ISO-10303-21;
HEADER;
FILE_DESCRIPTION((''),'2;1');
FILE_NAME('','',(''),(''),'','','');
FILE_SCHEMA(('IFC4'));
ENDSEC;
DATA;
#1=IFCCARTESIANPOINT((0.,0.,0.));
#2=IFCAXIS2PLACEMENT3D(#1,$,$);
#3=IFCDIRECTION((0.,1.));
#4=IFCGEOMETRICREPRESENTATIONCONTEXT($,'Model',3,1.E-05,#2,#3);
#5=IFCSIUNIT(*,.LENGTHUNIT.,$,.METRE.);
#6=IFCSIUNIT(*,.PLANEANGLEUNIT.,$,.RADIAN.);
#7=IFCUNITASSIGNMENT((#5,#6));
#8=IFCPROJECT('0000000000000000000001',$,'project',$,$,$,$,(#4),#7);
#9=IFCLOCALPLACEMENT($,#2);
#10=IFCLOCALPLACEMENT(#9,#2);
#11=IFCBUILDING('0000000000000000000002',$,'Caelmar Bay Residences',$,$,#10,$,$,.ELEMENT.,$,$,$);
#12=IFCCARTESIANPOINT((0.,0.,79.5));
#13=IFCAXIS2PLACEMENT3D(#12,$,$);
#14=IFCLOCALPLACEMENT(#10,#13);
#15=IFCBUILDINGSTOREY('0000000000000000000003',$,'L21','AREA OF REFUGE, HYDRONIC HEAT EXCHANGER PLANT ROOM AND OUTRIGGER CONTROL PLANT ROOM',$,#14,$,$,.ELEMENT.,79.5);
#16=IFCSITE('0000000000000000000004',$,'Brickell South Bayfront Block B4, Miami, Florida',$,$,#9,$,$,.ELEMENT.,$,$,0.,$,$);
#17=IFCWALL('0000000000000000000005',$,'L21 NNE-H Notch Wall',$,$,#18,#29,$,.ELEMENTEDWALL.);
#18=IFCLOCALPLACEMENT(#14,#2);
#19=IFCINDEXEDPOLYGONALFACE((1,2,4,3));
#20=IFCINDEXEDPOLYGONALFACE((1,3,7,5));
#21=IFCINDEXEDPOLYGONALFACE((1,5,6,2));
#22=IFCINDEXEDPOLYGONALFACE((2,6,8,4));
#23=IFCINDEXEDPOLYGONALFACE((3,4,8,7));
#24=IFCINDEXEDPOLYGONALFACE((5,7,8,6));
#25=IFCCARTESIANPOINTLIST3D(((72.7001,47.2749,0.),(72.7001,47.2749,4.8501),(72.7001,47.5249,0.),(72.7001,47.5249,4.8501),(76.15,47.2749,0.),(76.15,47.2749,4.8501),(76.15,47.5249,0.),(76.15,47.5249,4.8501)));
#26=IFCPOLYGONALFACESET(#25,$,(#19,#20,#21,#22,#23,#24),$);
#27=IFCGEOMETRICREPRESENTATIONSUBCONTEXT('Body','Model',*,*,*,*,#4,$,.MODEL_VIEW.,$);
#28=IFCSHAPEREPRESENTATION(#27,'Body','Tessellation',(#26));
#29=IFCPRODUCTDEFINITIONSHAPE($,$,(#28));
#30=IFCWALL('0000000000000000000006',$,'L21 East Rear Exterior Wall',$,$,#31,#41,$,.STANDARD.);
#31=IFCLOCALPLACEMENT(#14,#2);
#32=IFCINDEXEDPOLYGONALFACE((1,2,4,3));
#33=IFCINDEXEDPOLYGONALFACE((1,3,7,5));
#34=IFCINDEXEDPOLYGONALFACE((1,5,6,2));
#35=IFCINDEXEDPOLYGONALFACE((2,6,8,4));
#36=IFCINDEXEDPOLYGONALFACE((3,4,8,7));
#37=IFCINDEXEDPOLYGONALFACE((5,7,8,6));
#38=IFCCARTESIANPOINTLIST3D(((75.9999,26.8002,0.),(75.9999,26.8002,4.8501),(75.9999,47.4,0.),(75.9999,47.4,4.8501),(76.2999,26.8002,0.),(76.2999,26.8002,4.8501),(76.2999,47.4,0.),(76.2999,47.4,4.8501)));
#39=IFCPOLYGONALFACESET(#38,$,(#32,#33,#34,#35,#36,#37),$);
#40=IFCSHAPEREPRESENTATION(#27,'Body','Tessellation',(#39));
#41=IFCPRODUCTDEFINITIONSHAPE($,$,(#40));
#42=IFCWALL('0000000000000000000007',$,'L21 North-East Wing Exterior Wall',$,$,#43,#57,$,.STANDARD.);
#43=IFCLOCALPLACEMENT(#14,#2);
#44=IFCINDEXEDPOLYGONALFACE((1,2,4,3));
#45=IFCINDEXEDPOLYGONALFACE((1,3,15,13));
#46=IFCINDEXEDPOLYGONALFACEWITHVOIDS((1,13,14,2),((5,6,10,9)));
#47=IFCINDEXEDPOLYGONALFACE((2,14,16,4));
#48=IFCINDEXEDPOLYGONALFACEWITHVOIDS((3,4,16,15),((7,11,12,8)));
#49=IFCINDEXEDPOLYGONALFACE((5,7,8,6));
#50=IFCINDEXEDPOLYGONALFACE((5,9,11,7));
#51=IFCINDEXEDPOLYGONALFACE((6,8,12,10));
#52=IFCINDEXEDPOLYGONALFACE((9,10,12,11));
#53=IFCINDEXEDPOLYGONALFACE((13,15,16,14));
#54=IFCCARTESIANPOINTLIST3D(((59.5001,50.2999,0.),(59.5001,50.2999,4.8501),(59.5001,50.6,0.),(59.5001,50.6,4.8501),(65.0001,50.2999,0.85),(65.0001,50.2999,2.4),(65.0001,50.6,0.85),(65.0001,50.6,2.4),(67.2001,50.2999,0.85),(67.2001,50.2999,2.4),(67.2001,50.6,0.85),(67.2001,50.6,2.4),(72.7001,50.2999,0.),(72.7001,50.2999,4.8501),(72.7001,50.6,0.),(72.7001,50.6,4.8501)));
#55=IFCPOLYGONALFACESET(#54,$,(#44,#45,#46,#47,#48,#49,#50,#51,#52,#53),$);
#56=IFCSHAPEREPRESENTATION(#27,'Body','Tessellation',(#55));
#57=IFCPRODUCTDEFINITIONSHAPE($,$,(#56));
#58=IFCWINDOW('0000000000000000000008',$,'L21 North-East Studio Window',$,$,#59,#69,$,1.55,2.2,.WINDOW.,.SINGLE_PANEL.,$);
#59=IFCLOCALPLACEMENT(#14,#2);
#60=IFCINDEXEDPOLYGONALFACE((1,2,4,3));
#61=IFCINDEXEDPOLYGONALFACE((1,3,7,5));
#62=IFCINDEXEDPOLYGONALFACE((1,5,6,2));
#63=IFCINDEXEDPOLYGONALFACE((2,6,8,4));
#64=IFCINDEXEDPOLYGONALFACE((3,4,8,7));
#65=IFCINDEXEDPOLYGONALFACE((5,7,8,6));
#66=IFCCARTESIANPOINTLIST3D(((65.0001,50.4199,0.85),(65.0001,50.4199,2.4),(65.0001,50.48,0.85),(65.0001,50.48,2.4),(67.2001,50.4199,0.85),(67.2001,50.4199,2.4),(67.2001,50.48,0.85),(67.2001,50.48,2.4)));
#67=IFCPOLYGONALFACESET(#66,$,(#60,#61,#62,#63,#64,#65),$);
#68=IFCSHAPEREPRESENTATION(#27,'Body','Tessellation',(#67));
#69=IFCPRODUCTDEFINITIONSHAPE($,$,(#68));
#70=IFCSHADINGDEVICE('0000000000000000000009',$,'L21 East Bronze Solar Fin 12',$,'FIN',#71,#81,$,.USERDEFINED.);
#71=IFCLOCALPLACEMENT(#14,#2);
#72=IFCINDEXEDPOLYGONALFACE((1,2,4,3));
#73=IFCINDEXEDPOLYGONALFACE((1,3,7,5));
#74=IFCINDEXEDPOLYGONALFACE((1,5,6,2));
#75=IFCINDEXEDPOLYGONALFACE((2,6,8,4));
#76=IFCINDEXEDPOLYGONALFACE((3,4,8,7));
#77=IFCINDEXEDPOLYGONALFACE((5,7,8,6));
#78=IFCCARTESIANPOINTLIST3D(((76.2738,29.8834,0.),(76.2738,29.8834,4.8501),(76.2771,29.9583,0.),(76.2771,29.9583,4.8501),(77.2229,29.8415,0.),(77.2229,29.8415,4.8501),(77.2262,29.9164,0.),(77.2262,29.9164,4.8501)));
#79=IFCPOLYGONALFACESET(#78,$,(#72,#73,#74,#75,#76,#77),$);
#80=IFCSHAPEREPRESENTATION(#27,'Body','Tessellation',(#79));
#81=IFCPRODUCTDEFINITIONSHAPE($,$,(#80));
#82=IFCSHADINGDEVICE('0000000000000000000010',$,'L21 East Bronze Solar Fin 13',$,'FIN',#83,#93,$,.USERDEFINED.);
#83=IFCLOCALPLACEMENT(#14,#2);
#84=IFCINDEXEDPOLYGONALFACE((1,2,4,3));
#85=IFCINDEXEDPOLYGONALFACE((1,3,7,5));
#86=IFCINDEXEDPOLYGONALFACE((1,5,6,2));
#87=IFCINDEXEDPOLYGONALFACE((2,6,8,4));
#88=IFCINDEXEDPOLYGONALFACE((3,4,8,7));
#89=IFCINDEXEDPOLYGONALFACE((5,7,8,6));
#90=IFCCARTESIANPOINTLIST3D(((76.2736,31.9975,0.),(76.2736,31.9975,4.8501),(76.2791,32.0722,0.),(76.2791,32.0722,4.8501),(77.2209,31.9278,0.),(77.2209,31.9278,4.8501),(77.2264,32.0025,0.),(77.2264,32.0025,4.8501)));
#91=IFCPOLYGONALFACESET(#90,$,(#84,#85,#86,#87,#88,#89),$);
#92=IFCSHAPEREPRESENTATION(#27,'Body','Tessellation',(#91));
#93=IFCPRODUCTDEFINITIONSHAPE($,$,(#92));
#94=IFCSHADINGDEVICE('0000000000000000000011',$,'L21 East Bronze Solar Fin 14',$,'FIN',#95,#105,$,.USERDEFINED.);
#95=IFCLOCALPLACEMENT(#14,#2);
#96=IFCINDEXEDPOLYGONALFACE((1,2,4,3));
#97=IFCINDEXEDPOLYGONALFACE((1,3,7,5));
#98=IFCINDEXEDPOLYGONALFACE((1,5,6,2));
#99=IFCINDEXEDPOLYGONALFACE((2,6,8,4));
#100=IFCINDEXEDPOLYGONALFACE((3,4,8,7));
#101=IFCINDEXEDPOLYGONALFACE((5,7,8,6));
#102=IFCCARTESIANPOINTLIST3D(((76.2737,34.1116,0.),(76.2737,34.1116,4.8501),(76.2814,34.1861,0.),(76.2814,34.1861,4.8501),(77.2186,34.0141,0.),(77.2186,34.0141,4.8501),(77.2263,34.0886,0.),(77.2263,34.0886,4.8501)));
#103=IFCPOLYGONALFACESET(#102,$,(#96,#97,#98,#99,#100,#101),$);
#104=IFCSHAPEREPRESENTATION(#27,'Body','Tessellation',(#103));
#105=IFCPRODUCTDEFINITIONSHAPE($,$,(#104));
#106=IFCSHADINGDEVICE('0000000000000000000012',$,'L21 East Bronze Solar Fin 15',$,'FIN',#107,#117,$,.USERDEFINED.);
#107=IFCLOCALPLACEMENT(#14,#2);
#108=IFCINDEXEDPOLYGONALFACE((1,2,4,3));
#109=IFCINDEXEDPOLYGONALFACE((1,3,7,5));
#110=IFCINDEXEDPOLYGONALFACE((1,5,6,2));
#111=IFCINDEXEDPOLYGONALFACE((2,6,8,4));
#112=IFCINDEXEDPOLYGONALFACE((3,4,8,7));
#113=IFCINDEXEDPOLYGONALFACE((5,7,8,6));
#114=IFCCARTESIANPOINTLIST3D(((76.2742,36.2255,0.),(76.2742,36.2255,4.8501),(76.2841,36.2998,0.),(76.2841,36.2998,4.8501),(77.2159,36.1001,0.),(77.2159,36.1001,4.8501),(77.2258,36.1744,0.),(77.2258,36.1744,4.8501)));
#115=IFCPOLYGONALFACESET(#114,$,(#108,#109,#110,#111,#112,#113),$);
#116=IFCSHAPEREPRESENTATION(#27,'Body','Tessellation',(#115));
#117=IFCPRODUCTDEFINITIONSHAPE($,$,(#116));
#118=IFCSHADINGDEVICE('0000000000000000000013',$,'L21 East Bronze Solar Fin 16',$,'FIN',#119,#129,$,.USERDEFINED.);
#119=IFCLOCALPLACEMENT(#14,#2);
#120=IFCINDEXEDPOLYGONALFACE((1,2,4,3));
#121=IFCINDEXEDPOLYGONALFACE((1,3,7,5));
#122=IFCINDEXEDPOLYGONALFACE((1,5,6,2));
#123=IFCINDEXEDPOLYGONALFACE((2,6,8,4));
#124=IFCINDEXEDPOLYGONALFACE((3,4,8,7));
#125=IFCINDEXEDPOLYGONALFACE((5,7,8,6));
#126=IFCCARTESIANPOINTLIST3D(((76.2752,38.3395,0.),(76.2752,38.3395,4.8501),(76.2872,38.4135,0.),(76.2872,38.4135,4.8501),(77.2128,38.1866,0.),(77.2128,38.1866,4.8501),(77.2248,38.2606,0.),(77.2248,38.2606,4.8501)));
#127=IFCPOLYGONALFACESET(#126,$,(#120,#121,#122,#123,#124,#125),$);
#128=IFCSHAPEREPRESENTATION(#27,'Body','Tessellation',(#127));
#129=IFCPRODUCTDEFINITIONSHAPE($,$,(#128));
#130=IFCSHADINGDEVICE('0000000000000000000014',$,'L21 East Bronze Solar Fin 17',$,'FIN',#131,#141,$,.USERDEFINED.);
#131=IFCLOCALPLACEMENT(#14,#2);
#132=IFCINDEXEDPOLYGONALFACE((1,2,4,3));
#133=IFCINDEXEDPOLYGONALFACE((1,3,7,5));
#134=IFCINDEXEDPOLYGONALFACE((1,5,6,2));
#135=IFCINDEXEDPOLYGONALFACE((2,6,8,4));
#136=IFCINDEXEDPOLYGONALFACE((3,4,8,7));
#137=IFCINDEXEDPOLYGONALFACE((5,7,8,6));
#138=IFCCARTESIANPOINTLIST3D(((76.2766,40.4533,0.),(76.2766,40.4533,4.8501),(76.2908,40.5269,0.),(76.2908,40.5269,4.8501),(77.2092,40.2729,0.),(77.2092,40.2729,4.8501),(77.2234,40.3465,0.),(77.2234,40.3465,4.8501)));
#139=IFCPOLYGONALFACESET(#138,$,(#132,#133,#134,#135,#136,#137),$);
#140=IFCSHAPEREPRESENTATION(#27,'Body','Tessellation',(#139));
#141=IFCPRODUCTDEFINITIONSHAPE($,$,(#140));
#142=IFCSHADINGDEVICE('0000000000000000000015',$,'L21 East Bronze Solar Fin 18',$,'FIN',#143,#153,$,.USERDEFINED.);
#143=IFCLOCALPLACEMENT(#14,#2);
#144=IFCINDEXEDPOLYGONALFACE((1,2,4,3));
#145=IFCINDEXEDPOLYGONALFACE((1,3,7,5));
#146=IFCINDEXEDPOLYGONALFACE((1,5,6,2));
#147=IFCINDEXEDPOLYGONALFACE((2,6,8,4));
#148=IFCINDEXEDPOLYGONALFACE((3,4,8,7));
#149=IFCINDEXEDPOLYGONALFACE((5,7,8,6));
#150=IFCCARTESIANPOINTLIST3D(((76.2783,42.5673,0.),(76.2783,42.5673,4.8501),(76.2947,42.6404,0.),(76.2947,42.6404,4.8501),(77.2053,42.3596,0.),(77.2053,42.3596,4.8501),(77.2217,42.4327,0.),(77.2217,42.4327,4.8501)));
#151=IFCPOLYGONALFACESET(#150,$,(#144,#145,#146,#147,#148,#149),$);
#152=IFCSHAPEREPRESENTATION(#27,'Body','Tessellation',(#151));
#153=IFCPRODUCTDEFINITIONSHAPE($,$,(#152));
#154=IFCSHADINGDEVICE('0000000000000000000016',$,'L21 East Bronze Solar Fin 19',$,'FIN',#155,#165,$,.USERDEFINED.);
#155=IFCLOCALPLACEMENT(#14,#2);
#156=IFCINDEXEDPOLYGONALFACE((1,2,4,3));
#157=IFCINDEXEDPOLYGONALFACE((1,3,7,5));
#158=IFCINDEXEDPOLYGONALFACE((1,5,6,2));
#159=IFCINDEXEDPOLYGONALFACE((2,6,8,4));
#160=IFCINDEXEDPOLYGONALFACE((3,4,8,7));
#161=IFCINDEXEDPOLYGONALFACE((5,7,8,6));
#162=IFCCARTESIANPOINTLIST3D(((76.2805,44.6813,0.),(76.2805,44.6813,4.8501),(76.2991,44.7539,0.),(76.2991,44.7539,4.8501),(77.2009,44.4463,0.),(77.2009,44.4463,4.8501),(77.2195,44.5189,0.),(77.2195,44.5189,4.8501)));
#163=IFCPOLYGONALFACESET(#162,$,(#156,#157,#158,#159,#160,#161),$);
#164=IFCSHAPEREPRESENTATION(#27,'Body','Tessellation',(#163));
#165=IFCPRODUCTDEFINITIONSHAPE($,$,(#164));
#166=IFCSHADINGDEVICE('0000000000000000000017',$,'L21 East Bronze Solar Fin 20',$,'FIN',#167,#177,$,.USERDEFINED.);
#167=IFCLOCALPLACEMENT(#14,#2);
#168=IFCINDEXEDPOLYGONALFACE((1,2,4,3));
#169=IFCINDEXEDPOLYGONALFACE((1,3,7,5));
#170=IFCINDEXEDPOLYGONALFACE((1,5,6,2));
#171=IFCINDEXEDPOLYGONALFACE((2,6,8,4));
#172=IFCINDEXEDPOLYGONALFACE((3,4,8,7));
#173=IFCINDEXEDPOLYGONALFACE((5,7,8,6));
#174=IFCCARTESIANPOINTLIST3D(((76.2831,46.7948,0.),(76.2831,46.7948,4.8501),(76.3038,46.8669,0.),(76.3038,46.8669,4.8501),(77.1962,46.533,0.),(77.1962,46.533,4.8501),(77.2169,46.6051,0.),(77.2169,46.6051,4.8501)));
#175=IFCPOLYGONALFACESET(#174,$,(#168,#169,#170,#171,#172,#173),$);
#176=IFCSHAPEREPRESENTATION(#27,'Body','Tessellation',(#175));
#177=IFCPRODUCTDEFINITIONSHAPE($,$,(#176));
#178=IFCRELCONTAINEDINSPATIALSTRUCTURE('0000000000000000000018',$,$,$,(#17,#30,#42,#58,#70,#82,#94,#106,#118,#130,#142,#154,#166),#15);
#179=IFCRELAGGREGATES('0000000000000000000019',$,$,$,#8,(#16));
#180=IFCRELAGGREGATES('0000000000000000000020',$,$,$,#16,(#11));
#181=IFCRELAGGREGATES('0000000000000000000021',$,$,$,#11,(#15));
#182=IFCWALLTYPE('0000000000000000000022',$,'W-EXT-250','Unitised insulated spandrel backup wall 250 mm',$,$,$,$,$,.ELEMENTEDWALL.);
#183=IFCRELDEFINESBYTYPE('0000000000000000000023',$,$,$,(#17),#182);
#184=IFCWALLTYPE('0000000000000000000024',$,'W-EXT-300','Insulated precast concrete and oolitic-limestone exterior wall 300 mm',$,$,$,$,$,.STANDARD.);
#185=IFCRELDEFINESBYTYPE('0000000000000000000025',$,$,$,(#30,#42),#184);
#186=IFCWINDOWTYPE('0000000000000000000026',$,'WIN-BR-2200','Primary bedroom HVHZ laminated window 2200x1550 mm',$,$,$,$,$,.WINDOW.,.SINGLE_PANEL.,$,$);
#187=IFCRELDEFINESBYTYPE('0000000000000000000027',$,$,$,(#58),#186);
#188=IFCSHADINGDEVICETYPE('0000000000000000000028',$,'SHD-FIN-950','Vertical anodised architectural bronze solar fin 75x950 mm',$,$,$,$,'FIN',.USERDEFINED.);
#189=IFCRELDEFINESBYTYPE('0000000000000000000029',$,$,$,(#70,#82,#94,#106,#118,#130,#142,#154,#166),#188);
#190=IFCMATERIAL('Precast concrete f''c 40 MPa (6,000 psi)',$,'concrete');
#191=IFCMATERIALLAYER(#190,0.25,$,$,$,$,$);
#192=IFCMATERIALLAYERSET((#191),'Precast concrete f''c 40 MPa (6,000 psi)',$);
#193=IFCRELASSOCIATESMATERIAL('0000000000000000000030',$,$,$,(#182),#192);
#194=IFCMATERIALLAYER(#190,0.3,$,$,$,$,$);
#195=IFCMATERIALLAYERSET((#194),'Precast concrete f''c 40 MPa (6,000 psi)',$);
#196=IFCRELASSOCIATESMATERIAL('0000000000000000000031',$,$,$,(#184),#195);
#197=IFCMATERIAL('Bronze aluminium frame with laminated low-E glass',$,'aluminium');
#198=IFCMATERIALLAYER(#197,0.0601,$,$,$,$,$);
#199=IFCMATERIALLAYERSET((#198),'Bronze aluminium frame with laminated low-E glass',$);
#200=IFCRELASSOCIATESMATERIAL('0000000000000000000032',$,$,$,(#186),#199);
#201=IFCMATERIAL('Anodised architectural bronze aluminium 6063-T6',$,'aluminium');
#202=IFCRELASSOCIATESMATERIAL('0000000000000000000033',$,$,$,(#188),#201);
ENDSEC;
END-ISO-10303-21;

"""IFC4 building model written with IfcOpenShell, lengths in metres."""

from ifc_helpers import new_model, si_unit, direction, frame, frame_2d, origin, origin_2d, place, context, subcontext, project, spatial, rectangle, extrude, material, layer, layer_set, material_profile, profile_set, type_object, element, fill, save


model = new_model("IFC4")

# Units and contexts
model_context = context("Model", 3, precision=1e-05, world=origin(), true_north=direction((0.0, 1.0)))
body_context = subcontext(model_context, "Body", "Model", "MODEL_VIEW")
ifc_project = project(units=[si_unit("LENGTHUNIT", "METRE"), si_unit("PLANEANGLEUNIT", "RADIAN")], contexts=[model_context])

# Site, building, storey
site_placement = place(None, origin())
site = spatial("IfcSite", under=ifc_project, at=site_placement, Name="Brickell South Bayfront Block B4, Miami, Florida", CompositionType="ELEMENT", RefElevation=0.0)
building_placement = place(site_placement, origin())
building = spatial("IfcBuilding", under=site, at=building_placement, Name="Caelmar Bay Residences", CompositionType="ELEMENT")
storey_placement = place(building_placement, frame((0.0, 0.0, 79.5)))
storey = spatial("IfcBuildingStorey", under=building, at=storey_placement, Name="L21", Description="AREA OF REFUGE, HYDRONIC HEAT EXCHANGER PLANT ROOM AND OUTRIGGER CONTROL PLANT ROOM", CompositionType="ELEMENT", Elevation=79.5)

# Walls
ifc_material_1 = material(Name="Precast concrete f'c 40 MPa (6,000 psi)", Category="concrete")
ifc_layer_1 = layer(ifc_material_1, 0.25)
ifc_layer_set_1 = layer_set([ifc_layer_1], Name="Precast concrete f'c 40 MPa (6,000 psi)")
wall_type_1 = type_object("IfcWallType", Name="W-EXT-250", Description="Unitised insulated spandrel backup wall 250 mm", PredefinedType="ELEMENTEDWALL", material=ifc_layer_set_1)
wall_1_placement = place(storey_placement, frame((72.7, 47.3999, 0.0), z_axis=(0.0, 0.0, 1.0), x_axis=(1.0, 0.0, 0.0)))
element("IfcWall", 1, at=wall_1_placement, inside=storey, type_object=wall_type_1, Name="L21 NNE-H Notch Wall", PredefinedType="ELEMENTEDWALL", context=body_context, shape_type="SweptSolid", body=[
    extrude(rectangle(XDim=3.45, YDim=0.25, at=frame_2d((1.7251, 0.0))), origin(), (0.0, 0.0, 1.0), 4.8501),
])
ifc_layer_2 = layer(ifc_material_1, 0.3)
ifc_layer_set_2 = layer_set([ifc_layer_2], Name="Precast concrete f'c 40 MPa (6,000 psi)")
wall_type_2 = type_object("IfcWallType", Name="W-EXT-300", Description="Insulated precast concrete and oolitic-limestone exterior wall 300 mm", PredefinedType="STANDARD", material=ifc_layer_set_2)
wall_2_placement = place(storey_placement, frame((76.1499, 47.3999, 0.0), z_axis=(0.0, 0.0, 1.0), x_axis=(0.0, -1.0, 0.0)))
element("IfcWall", 2, at=wall_2_placement, inside=storey, type_object=wall_type_2, Name="L21 East Rear Exterior Wall", PredefinedType="STANDARD", context=body_context, shape_type="SweptSolid", body=[
    extrude(rectangle(XDim=20.5999, YDim=0.3, at=frame_2d((10.2998, 0.0))), origin(), (0.0, 0.0, 1.0), 4.8501),
])

# Wall, opening, window
wall_3_placement = place(storey_placement, frame((59.5, 50.45, 0.0), z_axis=(0.0, 0.0, 1.0), x_axis=(1.0, 0.0, 0.0)))
wall_3 = element("IfcWall", 3, at=wall_3_placement, inside=storey, type_object=wall_type_2, Name="L21 North-East Wing Exterior Wall", PredefinedType="STANDARD", context=body_context, shape_type="SweptSolid", body=[
    extrude(rectangle(XDim=13.2, YDim=0.3, at=frame_2d((6.6001, 0.0))), origin(), (0.0, 0.0, 1.0), 4.8501),
])
opening_1_placement = place(wall_3_placement, frame((5.5, 0.0, 0.8501)))
opening_1 = element("IfcOpeningElement", 4, at=opening_1_placement, cuts=wall_3, PredefinedType="OPENING", context=body_context, shape_type="SweptSolid", body=[
    extrude(rectangle(XDim=2.2, YDim=1.55, at=frame_2d((1.1001, 0.7749))), frame((0.0, 0.1599, 0.0), z_axis=(0.0, -1.0, 0.0), x_axis=(1.0, 0.0, 0.0)), (0.0, 0.0, 1.0), 0.3201),
])
ifc_material_2 = material(Name="Bronze aluminium frame with laminated low-E glass", Category="aluminium")
ifc_layer_3 = layer(ifc_material_2, 0.0601)
ifc_layer_set_3 = layer_set([ifc_layer_3], Name="Bronze aluminium frame with laminated low-E glass")
window_type = type_object("IfcWindowType", Name="WIN-BR-2200", Description="Primary bedroom HVHZ laminated window 2200x1550 mm", PartitioningType="SINGLE_PANEL", PredefinedType="WINDOW", material=ifc_layer_set_3)
window_placement = place(opening_1_placement, origin())
window = element("IfcWindow", 5, at=window_placement, inside=storey, type_object=window_type, Name="L21 North-East Studio Window", OverallHeight=1.55, OverallWidth=2.2, PartitioningType="SINGLE_PANEL", PredefinedType="WINDOW", context=body_context, shape_type="SweptSolid", body=[
    extrude(rectangle(XDim=2.2, YDim=1.55, at=frame_2d((1.1001, 0.7749))), frame((0.0, 0.03, 0.0), z_axis=(0.0, -1.0, 0.0), x_axis=(1.0, 0.0, 0.0)), (0.0, 0.0, 1.0), 0.0601),
])
fill(opening_1, window)

# Shading devices
ifc_material_3 = material(Name="Anodised architectural bronze aluminium 6063-T6", Category="aluminium")
ifc_material_profile_1 = material_profile(ifc_material_3, rectangle(XDim=0.075, YDim=0.95, at=origin_2d()), Name="BRONZE-FIN-75X950")
ifc_profile_set_1 = profile_set([ifc_material_profile_1], Name="Anodised architectural bronze aluminium 6063-T6")
shading_device_type = type_object("IfcShadingDeviceType", Name="SHD-FIN-950", Description="Vertical anodised architectural bronze solar fin 75x950 mm", ElementType="FIN", PredefinedType="USERDEFINED", material=ifc_profile_set_1)
for number, where, z_axis, x_axis, name in (
    (6, (76.75, 29.8999, 0.0), (0.0, 0.0, 1.0), (0.044142, 0.999025, 0.0), "L21 East Bronze Solar Fin 12"),
    (7, (76.75, 32.0, 0.0), (0.0, 0.0, 1.0), (0.073412, 0.997302, 0.0), "L21 East Bronze Solar Fin 13"),
    (8, (76.75, 34.1001, 0.0), (0.0, 0.0, 1.0), (0.102619, 0.994721, 0.0), "L21 East Bronze Solar Fin 14"),
    (9, (76.75, 36.2, 0.0), (0.0, 0.0, 1.0), (0.13191, 0.991262, 0.0), "L21 East Bronze Solar Fin 15"),
    (10, (76.75, 38.3, 0.0), (0.0, 0.0, 1.0), (0.160915, 0.986968, 0.0), "L21 East Bronze Solar Fin 16"),
    (11, (76.75, 40.3999, 0.0), (0.0, 0.0, 1.0), (0.189952, 0.981793, 0.0), "L21 East Bronze Solar Fin 17"),
    (12, (76.75, 42.5, 0.0), (0.0, 0.0, 1.0), (0.218654, 0.975802, 0.0), "L21 East Bronze Solar Fin 18"),
    (13, (76.75, 44.6001, 0.0), (0.0, 0.0, 1.0), (0.247337, 0.968929, 0.0), "L21 East Bronze Solar Fin 19"),
    (14, (76.75, 46.7, 0.0), (0.0, 0.0, 1.0), (0.275637, 0.961262, 0.0), "L21 East Bronze Solar Fin 20"),
):
    element("IfcShadingDevice", number, at=place(storey_placement, frame(where, z_axis=z_axis, x_axis=x_axis)), inside=storey, type_object=shading_device_type, Name=name, ObjectType="FIN", PredefinedType="USERDEFINED", context=body_context, shape_type="SweptSolid", body=[
        extrude(rectangle(XDim=0.075, YDim=0.95, at=origin_2d()), origin(), (0.0, 0.0, 1.0), 4.8501),
    ])

save(model, "model.ifc")
